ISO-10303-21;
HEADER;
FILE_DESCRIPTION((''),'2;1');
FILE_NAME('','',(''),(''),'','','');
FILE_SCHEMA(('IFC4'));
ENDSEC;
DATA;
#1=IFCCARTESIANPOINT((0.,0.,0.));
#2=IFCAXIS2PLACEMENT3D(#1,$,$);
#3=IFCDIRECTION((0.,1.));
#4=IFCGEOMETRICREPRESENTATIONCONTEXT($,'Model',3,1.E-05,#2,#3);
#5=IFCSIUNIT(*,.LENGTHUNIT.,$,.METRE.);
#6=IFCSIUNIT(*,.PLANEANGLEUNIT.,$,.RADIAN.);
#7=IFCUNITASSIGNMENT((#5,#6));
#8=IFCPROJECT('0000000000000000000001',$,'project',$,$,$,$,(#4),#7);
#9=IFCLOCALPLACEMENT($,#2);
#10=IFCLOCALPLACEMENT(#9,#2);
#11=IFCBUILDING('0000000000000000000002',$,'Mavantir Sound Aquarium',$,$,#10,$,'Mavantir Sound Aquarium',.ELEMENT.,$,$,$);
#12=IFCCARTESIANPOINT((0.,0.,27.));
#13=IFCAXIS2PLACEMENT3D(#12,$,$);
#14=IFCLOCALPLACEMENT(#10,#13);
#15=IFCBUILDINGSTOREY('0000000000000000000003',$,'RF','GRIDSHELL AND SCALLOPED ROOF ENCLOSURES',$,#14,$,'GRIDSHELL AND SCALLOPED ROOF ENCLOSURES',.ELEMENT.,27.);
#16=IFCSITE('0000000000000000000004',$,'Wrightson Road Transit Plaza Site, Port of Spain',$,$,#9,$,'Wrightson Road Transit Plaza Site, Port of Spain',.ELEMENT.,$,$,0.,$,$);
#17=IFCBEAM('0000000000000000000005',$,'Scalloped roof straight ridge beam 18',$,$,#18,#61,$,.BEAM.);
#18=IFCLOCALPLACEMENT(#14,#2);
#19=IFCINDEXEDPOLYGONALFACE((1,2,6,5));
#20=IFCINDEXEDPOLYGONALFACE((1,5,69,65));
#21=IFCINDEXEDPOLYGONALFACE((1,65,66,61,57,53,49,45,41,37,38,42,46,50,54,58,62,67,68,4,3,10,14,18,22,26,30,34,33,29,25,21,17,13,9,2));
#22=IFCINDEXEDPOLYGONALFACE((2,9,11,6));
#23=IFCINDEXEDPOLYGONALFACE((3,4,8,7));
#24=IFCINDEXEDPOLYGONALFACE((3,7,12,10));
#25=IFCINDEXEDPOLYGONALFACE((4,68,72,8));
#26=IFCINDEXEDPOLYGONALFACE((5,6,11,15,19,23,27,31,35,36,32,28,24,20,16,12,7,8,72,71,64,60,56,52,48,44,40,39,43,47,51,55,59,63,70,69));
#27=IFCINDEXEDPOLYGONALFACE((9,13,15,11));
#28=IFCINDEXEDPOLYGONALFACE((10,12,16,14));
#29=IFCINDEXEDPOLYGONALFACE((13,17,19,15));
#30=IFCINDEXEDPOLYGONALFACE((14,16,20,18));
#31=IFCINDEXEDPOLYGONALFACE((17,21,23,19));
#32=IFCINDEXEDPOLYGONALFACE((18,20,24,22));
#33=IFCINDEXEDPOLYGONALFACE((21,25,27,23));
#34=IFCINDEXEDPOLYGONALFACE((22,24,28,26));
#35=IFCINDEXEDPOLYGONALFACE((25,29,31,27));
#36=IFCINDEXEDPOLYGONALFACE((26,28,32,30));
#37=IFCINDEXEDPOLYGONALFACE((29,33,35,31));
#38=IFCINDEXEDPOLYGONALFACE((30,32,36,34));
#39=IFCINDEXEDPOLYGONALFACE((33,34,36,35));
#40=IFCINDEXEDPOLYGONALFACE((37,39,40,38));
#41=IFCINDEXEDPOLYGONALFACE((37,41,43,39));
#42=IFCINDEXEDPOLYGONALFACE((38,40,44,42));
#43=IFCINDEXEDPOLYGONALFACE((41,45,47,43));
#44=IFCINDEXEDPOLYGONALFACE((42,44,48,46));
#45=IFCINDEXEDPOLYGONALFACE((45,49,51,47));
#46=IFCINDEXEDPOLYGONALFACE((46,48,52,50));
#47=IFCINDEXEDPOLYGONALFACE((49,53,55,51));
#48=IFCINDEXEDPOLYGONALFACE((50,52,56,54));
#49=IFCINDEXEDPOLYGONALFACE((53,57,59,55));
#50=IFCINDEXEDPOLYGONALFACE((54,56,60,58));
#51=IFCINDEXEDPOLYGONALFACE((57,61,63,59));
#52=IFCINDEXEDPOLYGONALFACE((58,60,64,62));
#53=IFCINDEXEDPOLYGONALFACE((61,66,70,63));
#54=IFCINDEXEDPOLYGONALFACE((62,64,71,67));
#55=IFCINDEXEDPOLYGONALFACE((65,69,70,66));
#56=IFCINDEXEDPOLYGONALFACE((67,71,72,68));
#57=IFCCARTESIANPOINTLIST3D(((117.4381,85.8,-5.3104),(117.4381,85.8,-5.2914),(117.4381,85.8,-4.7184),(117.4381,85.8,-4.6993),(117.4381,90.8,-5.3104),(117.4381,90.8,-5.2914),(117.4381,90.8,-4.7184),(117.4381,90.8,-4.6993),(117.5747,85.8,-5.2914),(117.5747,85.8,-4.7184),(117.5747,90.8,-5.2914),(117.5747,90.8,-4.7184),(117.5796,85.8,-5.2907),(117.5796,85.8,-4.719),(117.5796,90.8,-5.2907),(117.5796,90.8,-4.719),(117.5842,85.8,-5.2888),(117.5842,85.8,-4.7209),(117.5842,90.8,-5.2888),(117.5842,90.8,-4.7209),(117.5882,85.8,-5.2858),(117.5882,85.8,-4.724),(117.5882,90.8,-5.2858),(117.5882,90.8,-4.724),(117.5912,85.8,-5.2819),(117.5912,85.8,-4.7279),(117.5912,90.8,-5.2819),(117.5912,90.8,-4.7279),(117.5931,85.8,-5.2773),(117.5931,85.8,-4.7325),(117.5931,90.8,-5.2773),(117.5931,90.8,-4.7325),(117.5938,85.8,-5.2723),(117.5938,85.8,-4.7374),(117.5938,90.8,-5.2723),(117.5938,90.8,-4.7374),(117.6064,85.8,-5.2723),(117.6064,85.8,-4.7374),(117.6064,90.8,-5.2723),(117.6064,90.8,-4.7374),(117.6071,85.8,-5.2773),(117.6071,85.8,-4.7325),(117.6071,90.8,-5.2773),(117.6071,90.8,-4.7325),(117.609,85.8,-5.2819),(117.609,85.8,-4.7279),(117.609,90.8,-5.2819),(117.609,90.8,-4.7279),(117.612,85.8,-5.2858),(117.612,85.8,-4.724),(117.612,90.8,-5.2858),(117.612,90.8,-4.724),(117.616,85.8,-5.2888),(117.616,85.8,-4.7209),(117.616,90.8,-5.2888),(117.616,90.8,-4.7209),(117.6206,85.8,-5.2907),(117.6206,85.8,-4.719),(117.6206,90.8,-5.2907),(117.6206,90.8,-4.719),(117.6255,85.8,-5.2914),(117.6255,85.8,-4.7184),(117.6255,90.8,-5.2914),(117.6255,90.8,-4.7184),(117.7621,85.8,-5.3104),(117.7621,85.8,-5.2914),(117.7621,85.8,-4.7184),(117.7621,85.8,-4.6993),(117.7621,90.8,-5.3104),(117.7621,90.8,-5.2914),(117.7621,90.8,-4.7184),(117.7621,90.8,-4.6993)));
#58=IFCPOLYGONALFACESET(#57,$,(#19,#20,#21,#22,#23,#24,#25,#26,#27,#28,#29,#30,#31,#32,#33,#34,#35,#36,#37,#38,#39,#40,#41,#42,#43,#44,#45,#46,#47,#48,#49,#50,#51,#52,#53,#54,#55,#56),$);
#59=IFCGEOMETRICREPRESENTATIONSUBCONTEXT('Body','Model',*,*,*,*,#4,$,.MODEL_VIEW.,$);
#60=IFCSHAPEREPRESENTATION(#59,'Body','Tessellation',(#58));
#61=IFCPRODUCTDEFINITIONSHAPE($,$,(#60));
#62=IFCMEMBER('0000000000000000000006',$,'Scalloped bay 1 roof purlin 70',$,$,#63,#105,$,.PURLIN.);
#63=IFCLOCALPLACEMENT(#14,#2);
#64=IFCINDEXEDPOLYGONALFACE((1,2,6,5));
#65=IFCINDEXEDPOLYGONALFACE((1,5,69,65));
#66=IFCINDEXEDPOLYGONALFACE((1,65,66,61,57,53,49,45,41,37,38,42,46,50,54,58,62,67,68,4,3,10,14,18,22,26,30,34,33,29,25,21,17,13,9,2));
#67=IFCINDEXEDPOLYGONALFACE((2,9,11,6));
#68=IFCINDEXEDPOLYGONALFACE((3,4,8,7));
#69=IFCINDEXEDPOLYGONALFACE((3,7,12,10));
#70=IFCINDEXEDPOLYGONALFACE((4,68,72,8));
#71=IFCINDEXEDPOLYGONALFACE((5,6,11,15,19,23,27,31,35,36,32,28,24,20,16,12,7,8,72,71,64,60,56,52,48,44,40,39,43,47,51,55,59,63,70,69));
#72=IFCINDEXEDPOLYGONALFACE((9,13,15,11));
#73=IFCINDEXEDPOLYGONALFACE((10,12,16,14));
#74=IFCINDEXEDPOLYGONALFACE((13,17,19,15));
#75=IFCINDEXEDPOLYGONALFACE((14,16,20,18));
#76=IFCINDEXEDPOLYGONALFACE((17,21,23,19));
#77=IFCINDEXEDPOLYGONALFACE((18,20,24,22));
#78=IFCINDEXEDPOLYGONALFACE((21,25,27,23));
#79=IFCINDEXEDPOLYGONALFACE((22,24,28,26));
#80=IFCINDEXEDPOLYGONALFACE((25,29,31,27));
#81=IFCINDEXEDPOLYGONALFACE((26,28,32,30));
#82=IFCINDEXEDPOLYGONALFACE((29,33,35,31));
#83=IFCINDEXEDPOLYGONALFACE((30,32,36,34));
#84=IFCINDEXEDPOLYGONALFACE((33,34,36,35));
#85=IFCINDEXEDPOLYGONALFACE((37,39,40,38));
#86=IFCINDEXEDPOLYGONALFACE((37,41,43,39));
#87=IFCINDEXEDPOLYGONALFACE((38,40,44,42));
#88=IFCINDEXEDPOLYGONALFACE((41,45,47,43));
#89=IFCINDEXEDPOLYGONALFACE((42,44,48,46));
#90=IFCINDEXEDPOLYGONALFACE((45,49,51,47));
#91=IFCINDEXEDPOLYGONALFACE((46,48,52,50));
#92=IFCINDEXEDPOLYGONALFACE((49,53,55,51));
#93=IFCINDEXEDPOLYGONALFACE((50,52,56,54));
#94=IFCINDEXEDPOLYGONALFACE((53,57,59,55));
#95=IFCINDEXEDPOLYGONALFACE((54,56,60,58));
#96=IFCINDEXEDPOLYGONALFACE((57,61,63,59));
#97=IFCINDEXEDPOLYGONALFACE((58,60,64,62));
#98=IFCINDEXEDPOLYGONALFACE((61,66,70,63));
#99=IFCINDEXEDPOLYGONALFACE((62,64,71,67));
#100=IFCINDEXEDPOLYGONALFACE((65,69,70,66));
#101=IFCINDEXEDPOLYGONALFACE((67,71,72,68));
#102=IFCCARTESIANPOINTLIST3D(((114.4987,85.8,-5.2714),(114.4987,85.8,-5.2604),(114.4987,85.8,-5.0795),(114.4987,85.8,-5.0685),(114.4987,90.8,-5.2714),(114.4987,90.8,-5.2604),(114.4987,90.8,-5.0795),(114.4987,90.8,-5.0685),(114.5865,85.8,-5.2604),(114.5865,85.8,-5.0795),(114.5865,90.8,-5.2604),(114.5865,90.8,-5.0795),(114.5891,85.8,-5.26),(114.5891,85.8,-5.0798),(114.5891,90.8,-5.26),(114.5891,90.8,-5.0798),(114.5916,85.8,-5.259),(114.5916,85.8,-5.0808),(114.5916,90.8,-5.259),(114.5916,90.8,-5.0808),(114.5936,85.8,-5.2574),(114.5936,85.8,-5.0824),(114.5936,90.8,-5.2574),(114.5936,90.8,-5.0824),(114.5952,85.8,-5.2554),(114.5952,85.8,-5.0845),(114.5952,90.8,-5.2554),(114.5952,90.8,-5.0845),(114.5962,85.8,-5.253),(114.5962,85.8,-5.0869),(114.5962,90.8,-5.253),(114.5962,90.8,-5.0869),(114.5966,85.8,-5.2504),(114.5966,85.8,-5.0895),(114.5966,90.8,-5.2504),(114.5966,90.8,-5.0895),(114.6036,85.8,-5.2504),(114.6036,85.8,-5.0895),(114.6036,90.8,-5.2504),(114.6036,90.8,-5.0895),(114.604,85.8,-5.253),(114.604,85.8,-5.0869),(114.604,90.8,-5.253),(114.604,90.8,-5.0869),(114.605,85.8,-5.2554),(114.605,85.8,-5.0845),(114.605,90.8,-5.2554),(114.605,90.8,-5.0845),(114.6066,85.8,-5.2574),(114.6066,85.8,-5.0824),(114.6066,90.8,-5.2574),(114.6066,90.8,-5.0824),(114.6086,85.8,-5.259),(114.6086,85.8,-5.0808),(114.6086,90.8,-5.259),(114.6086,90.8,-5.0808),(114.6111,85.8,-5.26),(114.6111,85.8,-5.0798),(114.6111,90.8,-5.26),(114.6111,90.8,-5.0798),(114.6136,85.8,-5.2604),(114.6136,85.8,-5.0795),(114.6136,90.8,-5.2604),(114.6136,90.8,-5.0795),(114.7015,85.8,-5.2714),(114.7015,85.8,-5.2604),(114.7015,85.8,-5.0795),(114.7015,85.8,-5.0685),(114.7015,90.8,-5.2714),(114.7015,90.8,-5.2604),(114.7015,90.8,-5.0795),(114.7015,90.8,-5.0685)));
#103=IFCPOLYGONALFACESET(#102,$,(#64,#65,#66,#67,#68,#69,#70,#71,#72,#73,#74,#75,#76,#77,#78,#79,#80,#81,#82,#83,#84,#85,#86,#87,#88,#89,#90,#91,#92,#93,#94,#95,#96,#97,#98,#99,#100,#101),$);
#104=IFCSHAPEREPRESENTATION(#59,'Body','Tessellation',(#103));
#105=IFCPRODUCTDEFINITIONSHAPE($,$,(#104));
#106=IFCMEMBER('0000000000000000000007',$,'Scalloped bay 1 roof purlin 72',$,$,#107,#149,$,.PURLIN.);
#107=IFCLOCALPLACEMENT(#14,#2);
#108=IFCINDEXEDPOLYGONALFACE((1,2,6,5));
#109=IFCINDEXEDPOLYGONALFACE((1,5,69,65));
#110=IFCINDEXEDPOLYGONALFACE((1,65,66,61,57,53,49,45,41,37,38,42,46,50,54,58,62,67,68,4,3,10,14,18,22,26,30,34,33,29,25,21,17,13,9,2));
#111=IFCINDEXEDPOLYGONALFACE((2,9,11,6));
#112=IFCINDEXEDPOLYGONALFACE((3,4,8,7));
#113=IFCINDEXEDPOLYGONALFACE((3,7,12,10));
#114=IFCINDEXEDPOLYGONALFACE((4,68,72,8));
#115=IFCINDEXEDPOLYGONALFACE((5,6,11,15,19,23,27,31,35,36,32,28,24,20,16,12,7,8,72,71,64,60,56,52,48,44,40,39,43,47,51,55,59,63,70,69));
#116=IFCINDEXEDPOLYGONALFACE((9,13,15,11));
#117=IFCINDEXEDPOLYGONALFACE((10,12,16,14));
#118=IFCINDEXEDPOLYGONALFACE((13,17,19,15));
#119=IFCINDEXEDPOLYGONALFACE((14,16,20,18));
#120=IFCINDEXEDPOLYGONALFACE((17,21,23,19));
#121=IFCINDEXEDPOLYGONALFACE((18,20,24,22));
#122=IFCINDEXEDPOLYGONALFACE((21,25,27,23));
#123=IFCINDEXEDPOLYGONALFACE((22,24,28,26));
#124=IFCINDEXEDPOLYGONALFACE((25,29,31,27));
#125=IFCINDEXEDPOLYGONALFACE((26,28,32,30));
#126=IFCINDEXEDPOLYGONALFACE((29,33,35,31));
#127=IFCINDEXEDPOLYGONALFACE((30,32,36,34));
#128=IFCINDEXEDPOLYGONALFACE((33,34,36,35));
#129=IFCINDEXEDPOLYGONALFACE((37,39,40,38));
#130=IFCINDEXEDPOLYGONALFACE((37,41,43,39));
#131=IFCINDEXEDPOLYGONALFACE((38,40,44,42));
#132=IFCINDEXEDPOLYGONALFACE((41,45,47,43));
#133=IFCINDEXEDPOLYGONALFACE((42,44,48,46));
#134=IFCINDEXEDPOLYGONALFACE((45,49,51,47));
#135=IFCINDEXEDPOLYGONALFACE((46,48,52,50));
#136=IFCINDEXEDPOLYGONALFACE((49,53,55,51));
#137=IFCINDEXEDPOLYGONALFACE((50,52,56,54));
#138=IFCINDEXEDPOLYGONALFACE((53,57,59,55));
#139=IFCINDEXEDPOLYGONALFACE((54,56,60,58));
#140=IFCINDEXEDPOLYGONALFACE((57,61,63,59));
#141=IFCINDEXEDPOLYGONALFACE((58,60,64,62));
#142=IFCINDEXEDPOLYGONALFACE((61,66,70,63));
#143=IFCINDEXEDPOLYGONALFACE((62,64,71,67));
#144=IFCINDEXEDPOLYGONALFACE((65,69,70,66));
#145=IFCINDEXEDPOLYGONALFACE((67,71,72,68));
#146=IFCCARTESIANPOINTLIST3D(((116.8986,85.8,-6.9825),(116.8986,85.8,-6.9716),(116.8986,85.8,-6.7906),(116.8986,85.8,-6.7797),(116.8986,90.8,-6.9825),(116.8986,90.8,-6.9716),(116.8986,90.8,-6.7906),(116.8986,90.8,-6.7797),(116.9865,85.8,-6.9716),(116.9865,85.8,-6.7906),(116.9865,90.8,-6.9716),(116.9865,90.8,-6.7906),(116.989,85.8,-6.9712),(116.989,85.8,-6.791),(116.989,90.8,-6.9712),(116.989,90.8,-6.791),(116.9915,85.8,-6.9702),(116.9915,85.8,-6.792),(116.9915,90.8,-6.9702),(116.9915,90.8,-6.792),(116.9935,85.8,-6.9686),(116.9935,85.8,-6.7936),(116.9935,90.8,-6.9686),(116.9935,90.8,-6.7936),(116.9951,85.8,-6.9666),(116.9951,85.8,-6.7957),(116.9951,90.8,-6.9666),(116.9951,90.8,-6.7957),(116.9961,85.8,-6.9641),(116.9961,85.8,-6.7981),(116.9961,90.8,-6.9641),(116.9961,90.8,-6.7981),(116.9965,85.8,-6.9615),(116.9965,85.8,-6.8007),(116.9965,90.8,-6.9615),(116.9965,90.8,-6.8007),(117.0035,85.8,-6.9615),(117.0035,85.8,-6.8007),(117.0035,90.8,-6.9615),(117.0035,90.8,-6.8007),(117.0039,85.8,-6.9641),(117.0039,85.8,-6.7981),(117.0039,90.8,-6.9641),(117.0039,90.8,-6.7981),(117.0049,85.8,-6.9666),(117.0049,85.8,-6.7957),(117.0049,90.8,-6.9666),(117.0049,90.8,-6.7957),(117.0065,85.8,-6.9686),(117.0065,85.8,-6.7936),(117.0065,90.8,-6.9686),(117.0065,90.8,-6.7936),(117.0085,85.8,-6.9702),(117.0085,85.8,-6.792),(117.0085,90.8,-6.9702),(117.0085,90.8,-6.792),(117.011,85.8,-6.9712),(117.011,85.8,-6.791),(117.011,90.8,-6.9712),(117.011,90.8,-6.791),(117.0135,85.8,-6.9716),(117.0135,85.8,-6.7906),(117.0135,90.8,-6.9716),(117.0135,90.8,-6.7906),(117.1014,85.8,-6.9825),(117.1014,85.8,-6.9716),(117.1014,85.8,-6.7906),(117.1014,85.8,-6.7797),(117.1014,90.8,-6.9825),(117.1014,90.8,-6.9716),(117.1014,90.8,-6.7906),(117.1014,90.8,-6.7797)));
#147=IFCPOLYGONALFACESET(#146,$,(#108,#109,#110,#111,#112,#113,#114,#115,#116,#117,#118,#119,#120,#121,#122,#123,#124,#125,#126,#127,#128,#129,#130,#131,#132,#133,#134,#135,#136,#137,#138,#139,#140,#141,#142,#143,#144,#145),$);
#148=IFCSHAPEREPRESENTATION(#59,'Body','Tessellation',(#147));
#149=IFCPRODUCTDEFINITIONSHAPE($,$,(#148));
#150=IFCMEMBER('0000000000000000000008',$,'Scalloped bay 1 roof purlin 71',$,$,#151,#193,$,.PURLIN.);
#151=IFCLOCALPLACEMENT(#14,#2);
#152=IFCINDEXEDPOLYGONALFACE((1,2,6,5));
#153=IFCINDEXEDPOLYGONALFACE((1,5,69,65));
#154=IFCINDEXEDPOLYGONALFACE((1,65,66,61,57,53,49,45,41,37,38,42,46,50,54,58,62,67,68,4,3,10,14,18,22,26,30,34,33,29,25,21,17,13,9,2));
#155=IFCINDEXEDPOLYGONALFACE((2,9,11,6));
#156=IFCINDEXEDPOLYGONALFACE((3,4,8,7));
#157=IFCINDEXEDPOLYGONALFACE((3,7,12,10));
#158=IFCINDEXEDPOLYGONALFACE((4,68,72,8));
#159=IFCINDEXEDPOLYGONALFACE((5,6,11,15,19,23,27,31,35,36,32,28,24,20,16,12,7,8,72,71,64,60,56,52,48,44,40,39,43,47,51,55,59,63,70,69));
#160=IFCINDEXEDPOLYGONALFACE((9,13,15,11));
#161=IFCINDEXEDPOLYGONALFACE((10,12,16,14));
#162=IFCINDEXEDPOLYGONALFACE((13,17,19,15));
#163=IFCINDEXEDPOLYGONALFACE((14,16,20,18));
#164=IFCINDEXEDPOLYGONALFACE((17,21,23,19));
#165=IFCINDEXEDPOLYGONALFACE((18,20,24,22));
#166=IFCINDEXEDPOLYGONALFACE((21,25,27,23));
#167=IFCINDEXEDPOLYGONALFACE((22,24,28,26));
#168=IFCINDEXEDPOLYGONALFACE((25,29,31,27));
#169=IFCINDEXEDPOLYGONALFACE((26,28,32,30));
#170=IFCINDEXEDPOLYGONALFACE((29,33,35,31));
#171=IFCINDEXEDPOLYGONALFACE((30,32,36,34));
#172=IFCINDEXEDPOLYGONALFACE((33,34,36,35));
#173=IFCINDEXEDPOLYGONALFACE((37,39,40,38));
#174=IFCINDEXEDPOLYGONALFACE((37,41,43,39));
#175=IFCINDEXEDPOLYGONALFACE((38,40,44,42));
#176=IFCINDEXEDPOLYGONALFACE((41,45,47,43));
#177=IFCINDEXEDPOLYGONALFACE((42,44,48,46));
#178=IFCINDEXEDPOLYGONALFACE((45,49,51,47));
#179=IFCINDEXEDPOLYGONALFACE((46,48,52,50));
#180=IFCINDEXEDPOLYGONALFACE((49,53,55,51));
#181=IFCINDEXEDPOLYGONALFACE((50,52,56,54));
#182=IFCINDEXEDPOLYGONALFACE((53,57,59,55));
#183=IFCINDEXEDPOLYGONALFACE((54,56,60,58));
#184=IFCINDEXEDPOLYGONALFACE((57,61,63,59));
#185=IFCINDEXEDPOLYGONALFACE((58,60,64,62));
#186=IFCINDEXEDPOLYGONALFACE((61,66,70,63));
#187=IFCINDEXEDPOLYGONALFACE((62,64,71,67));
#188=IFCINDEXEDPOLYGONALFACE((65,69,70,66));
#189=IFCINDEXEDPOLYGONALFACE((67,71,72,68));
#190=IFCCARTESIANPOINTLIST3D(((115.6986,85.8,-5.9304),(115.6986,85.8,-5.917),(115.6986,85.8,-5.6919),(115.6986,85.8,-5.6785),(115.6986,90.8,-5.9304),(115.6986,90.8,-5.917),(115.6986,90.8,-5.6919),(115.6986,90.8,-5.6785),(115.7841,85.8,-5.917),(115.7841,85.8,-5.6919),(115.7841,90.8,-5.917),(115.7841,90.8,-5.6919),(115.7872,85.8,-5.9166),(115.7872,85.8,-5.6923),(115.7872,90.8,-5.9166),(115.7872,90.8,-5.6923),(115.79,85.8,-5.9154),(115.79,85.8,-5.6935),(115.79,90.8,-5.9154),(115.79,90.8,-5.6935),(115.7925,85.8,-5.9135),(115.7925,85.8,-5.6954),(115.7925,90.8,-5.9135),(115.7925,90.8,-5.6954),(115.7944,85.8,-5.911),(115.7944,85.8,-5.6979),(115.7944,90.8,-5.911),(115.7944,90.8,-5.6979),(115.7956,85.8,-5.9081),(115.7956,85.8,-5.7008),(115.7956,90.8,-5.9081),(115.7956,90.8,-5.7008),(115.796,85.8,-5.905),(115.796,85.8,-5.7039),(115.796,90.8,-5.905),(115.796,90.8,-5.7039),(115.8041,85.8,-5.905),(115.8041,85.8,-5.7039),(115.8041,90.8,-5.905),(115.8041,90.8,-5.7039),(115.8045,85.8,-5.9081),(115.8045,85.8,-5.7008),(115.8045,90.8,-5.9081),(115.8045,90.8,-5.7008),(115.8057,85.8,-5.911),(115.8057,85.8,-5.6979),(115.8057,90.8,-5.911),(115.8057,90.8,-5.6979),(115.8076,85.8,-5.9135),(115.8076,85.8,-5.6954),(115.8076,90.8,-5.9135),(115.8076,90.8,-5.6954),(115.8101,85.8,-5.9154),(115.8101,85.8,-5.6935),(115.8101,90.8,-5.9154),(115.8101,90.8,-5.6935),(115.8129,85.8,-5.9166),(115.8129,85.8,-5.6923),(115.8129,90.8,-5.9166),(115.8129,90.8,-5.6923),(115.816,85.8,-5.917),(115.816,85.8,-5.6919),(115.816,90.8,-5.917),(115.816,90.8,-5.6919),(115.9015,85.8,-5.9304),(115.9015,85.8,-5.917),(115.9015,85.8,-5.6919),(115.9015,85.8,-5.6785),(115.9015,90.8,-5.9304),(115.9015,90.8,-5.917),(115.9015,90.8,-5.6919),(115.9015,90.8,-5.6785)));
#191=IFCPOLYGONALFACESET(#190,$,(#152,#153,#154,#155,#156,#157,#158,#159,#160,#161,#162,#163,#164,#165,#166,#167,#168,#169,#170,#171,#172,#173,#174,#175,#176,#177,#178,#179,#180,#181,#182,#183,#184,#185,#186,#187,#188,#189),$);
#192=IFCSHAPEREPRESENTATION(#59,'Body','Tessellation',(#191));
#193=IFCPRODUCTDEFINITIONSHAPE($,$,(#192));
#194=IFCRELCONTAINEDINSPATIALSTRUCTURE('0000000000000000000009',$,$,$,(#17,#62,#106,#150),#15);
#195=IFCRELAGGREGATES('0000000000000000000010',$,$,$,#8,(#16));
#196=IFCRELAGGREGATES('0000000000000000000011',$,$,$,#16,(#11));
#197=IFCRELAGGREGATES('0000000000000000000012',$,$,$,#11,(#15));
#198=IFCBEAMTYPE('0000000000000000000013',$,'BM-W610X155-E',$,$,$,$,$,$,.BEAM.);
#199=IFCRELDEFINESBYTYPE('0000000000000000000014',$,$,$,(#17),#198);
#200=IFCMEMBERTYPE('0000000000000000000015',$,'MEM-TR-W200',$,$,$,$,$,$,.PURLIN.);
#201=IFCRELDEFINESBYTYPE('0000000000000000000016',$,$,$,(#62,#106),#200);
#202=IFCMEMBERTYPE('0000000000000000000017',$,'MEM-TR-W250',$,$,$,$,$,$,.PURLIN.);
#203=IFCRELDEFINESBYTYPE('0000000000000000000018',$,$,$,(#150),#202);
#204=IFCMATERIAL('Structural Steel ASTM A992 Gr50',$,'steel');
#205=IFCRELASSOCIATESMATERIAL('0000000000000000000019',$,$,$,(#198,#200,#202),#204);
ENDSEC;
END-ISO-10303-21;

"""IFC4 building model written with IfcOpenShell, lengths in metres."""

from ifc_helpers import new_model, si_unit, direction, frame, origin, origin_2d, place, context, subcontext, project, spatial, i_section, extrude, material, material_profile, profile_set, type_object, element, save


model = new_model("IFC4")

# Units and contexts
model_context = context("Model", 3, precision=1e-05, world=origin(), true_north=direction((0.0, 1.0)))
body_context = subcontext(model_context, "Body", "Model", "MODEL_VIEW")
ifc_project = project(units=[si_unit("LENGTHUNIT", "METRE"), si_unit("PLANEANGLEUNIT", "RADIAN")], contexts=[model_context])

# Site, building, storey
site_placement = place(None, origin())
site = spatial("IfcSite", under=ifc_project, at=site_placement, Name="Wrightson Road Transit Plaza Site, Port of Spain", LongName="Wrightson Road Transit Plaza Site, Port of Spain", CompositionType="ELEMENT", RefElevation=0.0)
building_placement = place(site_placement, origin())
building = spatial("IfcBuilding", under=site, at=building_placement, Name="Mavantir Sound Aquarium", LongName="Mavantir Sound Aquarium", CompositionType="ELEMENT")
storey_placement = place(building_placement, frame((0.0, 0.0, 27.0)))
storey = spatial("IfcBuildingStorey", under=building, at=storey_placement, Name="RF", Description="GRIDSHELL AND SCALLOPED ROOF ENCLOSURES", LongName="GRIDSHELL AND SCALLOPED ROOF ENCLOSURES", CompositionType="ELEMENT", Elevation=27.0)

# Beam
ifc_material_1 = material(Name="Structural Steel ASTM A992 Gr50", Category="steel")
ifc_material_profile_1 = material_profile(ifc_material_1, i_section(OverallWidth=0.324, OverallDepth=0.6111, WebThickness=0.0127, FlangeThickness=0.019, FilletRadius=0.019, at=origin_2d()), Name="W610X155")
ifc_profile_set_1 = profile_set([ifc_material_profile_1], Name="Structural Steel ASTM A992 Gr50")
beam_type_1 = type_object("IfcBeamType", Name="BM-W610X155-E", PredefinedType="BEAM", material=ifc_profile_set_1)
for number, where, z_axis, x_axis, name in (
    (1, (117.6001, 85.8, -5.0049), (0.0, 1.0, 0.0), (-1.0, 0.0, 0.0), "Scalloped roof straight ridge beam 18"),
):
    element("IfcBeam", number, at=place(storey_placement, frame(where, z_axis=z_axis, x_axis=x_axis)), inside=storey, type_object=beam_type_1, Name=name, PredefinedType="BEAM", context=body_context, shape_type="SweptSolid", body=[
        extrude(i_section(OverallWidth=0.324, OverallDepth=0.6111, WebThickness=0.0127, FlangeThickness=0.019, FilletRadius=0.019, at=origin_2d()), origin(), (0.0, 0.0, 1.0), 5.0),
    ])

# Members
ifc_material_profile_2 = material_profile(ifc_material_1, i_section(OverallWidth=0.2029, OverallDepth=0.2029, WebThickness=0.0071, FlangeThickness=0.011, FilletRadius=0.01, at=origin_2d()), Name="W200X46")
ifc_profile_set_2 = profile_set([ifc_material_profile_2], Name="Structural Steel ASTM A992 Gr50")
member_type_1 = type_object("IfcMemberType", Name="MEM-TR-W200", PredefinedType="PURLIN", material=ifc_profile_set_2)
for number, where, z_axis, x_axis, name in (
    (2, (114.6001, 85.8, -5.1699), (0.0, 1.0, 0.0), (-1.0, 0.0, 0.0), "Scalloped bay 1 roof purlin 70"),
    (3, (117.0, 85.8, -6.8811), (0.0, 1.0, 0.0), (-1.0, 0.0, 0.0), "Scalloped bay 1 roof purlin 72"),
):
    element("IfcMember", number, at=place(storey_placement, frame(where, z_axis=z_axis, x_axis=x_axis)), inside=storey, type_object=member_type_1, Name=name, PredefinedType="PURLIN", context=body_context, shape_type="SweptSolid", body=[
        extrude(i_section(OverallWidth=0.2029, OverallDepth=0.2029, WebThickness=0.0071, FlangeThickness=0.011, FilletRadius=0.01, at=origin_2d()), origin(), (0.0, 0.0, 1.0), 5.0),
    ])
ifc_material_profile_3 = material_profile(ifc_material_1, i_section(OverallWidth=0.2029, OverallDepth=0.252, WebThickness=0.0081, FlangeThickness=0.0134, FilletRadius=0.012, at=origin_2d()), Name="W250X58")
ifc_profile_set_3 = profile_set([ifc_material_profile_3], Name="Structural Steel ASTM A992 Gr50")
member_type_2 = type_object("IfcMemberType", Name="MEM-TR-W250", PredefinedType="PURLIN", material=ifc_profile_set_3)
for number, where, z_axis, x_axis, name in (
    (4, (115.8, 85.8, -5.8044), (0.0, 1.0, 0.0), (-1.0, 0.0, 0.0), "Scalloped bay 1 roof purlin 71"),
):
    element("IfcMember", number, at=place(storey_placement, frame(where, z_axis=z_axis, x_axis=x_axis)), inside=storey, type_object=member_type_2, Name=name, PredefinedType="PURLIN", context=body_context, shape_type="SweptSolid", body=[
        extrude(i_section(OverallWidth=0.2029, OverallDepth=0.252, WebThickness=0.0081, FlangeThickness=0.0134, FilletRadius=0.012, at=origin_2d()), origin(), (0.0, 0.0, 1.0), 5.0),
    ])

save(model, "model.ifc")
